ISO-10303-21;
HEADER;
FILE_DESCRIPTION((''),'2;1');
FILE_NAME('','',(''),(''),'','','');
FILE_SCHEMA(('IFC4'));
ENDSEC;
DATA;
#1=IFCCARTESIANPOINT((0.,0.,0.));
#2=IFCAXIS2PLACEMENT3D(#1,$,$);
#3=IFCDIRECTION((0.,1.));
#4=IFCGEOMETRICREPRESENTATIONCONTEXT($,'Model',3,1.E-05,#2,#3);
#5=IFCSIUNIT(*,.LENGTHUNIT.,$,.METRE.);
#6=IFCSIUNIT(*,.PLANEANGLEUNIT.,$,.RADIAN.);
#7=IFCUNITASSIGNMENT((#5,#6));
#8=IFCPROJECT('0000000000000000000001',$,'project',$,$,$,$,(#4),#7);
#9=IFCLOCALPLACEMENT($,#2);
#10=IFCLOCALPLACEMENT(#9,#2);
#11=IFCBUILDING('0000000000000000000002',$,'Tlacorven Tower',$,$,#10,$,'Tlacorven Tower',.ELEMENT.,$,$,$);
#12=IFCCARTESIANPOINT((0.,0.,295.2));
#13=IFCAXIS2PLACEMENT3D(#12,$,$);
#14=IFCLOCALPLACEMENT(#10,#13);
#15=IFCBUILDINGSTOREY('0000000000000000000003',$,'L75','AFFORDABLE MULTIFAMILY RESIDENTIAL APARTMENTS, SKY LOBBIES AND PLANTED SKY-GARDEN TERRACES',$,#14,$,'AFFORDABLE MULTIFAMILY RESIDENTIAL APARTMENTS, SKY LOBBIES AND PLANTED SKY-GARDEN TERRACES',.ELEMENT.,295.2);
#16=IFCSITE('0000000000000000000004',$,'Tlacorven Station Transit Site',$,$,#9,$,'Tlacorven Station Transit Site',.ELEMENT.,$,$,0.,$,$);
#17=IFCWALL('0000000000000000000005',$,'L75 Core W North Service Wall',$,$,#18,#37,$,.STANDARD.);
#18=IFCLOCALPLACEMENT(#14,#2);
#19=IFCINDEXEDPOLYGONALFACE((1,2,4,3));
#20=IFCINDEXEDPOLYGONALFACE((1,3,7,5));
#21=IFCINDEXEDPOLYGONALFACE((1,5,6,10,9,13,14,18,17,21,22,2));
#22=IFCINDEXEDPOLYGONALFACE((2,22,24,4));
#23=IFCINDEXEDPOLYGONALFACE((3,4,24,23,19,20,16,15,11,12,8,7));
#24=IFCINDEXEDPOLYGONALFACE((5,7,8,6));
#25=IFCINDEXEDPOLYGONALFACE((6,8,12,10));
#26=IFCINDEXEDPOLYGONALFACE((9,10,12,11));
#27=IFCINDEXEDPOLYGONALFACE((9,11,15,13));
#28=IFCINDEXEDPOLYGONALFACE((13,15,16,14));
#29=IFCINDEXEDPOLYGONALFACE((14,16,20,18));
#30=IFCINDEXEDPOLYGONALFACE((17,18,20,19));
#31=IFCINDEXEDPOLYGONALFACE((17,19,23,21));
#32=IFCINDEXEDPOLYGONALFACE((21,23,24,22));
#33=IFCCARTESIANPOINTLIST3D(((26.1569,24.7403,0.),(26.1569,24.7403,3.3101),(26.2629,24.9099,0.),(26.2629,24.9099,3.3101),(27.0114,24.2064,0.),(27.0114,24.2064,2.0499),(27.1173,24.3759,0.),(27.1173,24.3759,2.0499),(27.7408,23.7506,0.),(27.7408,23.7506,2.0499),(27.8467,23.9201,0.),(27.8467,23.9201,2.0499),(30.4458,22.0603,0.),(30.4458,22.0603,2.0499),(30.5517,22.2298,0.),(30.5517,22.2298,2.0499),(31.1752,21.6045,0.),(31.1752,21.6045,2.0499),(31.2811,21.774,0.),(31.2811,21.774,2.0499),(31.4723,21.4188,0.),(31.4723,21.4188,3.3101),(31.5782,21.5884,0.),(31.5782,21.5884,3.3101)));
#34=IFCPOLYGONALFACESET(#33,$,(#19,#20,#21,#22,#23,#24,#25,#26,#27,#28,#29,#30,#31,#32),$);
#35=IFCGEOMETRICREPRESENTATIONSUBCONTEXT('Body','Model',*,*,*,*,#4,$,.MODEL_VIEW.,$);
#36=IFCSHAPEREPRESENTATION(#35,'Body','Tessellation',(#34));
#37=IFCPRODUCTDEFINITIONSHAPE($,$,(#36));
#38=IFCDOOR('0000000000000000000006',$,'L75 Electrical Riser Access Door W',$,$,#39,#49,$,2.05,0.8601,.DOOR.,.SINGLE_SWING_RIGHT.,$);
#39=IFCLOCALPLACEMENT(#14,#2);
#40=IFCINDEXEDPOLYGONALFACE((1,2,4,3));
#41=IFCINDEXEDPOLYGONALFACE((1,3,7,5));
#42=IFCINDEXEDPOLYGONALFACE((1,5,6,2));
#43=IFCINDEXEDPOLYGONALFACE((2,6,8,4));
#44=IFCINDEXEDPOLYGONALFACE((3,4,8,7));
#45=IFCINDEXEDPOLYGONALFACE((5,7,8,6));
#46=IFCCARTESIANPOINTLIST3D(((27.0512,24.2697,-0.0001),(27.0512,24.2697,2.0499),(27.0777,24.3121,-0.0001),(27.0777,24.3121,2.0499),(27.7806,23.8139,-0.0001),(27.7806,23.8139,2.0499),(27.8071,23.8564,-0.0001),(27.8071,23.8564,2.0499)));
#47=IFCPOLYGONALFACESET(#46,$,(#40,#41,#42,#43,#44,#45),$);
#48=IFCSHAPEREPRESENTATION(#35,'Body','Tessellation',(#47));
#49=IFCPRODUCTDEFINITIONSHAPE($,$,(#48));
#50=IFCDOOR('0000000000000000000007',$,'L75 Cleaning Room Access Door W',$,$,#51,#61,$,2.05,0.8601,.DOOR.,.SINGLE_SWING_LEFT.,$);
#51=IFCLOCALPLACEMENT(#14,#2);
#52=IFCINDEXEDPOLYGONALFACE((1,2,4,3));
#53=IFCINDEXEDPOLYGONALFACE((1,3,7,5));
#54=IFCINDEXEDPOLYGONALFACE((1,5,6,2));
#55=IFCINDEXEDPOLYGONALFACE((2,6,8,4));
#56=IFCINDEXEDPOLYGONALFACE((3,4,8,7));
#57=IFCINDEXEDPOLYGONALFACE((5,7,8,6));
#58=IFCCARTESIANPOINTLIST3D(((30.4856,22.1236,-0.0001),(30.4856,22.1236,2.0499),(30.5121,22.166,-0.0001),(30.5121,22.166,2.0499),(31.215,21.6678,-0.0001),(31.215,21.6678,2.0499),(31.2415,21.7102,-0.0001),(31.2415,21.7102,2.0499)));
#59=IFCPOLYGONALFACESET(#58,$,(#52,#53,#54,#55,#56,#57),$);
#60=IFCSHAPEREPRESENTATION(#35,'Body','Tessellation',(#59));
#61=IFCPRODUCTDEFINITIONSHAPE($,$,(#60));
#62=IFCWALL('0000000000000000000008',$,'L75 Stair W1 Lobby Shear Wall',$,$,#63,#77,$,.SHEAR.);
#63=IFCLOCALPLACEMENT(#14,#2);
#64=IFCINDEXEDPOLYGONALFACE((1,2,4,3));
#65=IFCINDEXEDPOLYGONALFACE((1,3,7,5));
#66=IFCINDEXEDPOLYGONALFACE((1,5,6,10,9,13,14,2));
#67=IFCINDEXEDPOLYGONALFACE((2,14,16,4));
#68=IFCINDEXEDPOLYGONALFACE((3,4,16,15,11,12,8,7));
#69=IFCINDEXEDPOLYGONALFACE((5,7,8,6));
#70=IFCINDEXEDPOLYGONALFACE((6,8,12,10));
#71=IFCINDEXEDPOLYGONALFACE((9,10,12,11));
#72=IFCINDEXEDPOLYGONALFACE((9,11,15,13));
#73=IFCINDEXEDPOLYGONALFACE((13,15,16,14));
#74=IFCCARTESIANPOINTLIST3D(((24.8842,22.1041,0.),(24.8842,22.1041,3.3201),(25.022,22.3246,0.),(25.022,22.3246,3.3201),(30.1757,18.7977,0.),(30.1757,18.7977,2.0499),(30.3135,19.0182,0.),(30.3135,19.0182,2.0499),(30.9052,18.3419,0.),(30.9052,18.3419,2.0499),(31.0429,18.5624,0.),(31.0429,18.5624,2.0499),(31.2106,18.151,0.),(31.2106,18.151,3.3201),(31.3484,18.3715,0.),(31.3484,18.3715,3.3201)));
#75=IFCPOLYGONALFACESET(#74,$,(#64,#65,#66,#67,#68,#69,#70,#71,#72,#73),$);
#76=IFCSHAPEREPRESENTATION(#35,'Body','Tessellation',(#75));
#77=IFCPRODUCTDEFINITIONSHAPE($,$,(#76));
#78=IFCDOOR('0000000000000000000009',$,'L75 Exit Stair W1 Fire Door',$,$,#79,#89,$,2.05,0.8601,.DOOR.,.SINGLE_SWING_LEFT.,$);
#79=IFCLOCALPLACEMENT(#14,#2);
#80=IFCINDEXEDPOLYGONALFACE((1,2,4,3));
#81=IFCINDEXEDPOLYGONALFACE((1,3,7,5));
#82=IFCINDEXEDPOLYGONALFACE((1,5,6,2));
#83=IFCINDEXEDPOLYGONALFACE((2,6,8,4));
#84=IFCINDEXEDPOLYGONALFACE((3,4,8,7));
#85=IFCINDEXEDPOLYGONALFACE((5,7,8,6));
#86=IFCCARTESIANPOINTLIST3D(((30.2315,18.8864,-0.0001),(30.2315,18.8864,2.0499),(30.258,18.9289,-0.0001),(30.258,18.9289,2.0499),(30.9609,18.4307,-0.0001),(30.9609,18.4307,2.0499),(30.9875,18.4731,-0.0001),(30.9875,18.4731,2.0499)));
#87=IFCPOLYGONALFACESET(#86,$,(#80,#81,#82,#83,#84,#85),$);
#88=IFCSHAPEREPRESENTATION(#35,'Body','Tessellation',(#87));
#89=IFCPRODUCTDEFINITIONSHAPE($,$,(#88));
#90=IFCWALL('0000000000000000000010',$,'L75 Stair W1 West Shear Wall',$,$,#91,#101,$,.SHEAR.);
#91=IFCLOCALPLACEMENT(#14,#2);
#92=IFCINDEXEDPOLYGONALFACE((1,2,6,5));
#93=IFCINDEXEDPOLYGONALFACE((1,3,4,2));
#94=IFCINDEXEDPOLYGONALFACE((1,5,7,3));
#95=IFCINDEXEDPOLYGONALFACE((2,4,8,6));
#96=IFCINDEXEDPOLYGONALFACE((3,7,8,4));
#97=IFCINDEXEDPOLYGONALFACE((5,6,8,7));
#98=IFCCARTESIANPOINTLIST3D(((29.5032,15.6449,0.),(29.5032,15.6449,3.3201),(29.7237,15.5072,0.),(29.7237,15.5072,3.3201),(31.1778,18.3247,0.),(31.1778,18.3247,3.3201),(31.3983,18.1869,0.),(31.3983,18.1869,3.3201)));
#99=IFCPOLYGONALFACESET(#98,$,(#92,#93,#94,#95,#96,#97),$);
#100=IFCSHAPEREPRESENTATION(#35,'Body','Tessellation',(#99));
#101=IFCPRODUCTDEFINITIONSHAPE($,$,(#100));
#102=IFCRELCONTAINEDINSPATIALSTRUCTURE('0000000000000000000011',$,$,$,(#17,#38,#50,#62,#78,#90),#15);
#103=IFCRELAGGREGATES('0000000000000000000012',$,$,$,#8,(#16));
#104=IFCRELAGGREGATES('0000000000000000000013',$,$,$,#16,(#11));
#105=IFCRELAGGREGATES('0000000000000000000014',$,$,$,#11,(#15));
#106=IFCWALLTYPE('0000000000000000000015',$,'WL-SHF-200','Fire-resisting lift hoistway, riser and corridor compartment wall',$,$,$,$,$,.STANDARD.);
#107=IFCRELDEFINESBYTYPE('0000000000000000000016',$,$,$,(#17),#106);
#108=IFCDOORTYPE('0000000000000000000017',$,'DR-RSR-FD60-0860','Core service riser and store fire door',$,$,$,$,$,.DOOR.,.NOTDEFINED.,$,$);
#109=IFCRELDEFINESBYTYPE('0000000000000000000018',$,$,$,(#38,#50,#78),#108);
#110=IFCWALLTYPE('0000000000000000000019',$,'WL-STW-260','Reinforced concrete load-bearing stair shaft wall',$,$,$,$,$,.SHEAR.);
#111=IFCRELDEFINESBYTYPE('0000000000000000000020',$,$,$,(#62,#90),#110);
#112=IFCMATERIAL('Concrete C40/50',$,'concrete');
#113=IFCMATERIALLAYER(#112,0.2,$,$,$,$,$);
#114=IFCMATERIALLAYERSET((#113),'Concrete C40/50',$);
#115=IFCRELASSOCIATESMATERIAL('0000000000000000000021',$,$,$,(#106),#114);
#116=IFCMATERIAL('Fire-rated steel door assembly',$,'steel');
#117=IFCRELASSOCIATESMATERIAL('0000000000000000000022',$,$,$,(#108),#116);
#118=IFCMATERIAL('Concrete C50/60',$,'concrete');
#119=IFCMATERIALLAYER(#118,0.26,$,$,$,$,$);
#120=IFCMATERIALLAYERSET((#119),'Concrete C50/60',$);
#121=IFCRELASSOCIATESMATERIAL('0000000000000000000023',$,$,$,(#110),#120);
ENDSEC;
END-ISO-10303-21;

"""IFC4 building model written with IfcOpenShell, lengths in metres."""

from ifc_helpers import new_model, si_unit, direction, frame, frame_2d, origin, place, context, subcontext, project, spatial, rectangle, extrude, source, transform, mapped, material, layer, layer_set, type_object, element, fill, save


model = new_model("IFC4")

# Units and contexts
model_context = context("Model", 3, precision=1e-05, world=origin(), true_north=direction((0.0, 1.0)))
body_context = subcontext(model_context, "Body", "Model", "MODEL_VIEW")
ifc_project = project(units=[si_unit("LENGTHUNIT", "METRE"), si_unit("PLANEANGLEUNIT", "RADIAN")], contexts=[model_context])

# Site, building, storey
site_placement = place(None, origin())
site = spatial("IfcSite", under=ifc_project, at=site_placement, Name="Tlacorven Station Transit Site", LongName="Tlacorven Station Transit Site", CompositionType="ELEMENT", RefElevation=0.0)
building_placement = place(site_placement, origin())
building = spatial("IfcBuilding", under=site, at=building_placement, Name="Tlacorven Tower", LongName="Tlacorven Tower", CompositionType="ELEMENT")
storey_placement = place(building_placement, frame((0.0, 0.0, 295.2)))
storey = spatial("IfcBuildingStorey", under=building, at=storey_placement, Name="L75", Description="AFFORDABLE MULTIFAMILY RESIDENTIAL APARTMENTS, SKY LOBBIES AND PLANTED SKY-GARDEN TERRACES", LongName="AFFORDABLE MULTIFAMILY RESIDENTIAL APARTMENTS, SKY LOBBIES AND PLANTED SKY-GARDEN TERRACES", CompositionType="ELEMENT", Elevation=295.2)

# Shared definitions
ifc_material_1 = material(Name="Concrete C50/60", Category="concrete")

# Shared definitions
ifc_material_2 = material(Name="Concrete C40/50", Category="concrete")
ifc_layer_1 = layer(ifc_material_2, 0.2)
ifc_layer_set_1 = layer_set([ifc_layer_1], Name="Concrete C40/50")
wall_type_1 = type_object("IfcWallType", Name="WL-SHF-200", Description="Fire-resisting lift hoistway, riser and corridor compartment wall", PredefinedType="STANDARD", material=ifc_layer_set_1)
ifc_material_3 = material(Name="Fire-rated steel door assembly", Category="steel")

# Wall, openings, doors
wall_1_placement = place(storey_placement, frame((31.5251, 21.5037, 0.0), z_axis=(0.0, 0.0, 1.0), x_axis=(-0.848042, 0.529929, 0.0)))
wall_1 = element("IfcWall", 1, at=wall_1_placement, inside=storey, type_object=wall_type_1, Name="L75 Core W North Service Wall", PredefinedType="STANDARD", context=body_context, shape_type="SweptSolid", body=[
    extrude(rectangle(XDim=6.2678, YDim=0.2, at=frame_2d((3.1338, 0.0))), origin(), (0.0, 0.0, 1.0), 3.3101),
])
opening_1_placement = place(wall_1_placement, frame((4.3999, 0.0, 0.0)))
opening_1 = element("IfcOpeningElement", 2, at=opening_1_placement, cuts=wall_1, PredefinedType="OPENING", context=body_context, shape_type="SweptSolid", body=[
    extrude(rectangle(XDim=0.8601, YDim=2.05, at=frame_2d((0.4302, 1.0249))), frame((0.0, 0.1099, 0.0), z_axis=(0.0, -1.0, 0.0), x_axis=(1.0, 0.0, 0.0)), (0.0, 0.0, 1.0), 0.22),
])
opening_2_placement = place(wall_1_placement, frame((0.3501, 0.0, 0.0)))
opening_2 = element("IfcOpeningElement", 3, at=opening_2_placement, cuts=wall_1, PredefinedType="OPENING", context=body_context, shape_type="SweptSolid", body=[
    extrude(rectangle(XDim=0.8601, YDim=2.05, at=frame_2d((0.4302, 1.0249))), frame((0.0, 0.1099, 0.0), z_axis=(0.0, -1.0, 0.0), x_axis=(1.0, 0.0, 0.0)), (0.0, 0.0, 1.0), 0.22),
])
door_type_1 = type_object("IfcDoorType", Name="DR-RSR-FD60-0860", Description="Core service riser and store fire door", OperationType="NOTDEFINED", PredefinedType="DOOR", material=ifc_material_3)
shared_shape_1 = source(origin(), body_context, "Body", "SweptSolid", [
    extrude(rectangle(XDim=0.8601, YDim=2.05, at=frame_2d((0.4302, 1.0249))), frame((0.0, 0.0249, 0.0), z_axis=(0.0, -1.0, 0.0), x_axis=(1.0, 0.0, 0.0)), (0.0, 0.0, 1.0), 0.05),
])
door_1_placement = place(opening_1_placement, frame((0.8601, 0.0, 0.0), z_axis=(0.0, 0.0, 1.0), x_axis=(-1.0, 0.0, 0.0)))
door_1 = element("IfcDoor", 4, at=door_1_placement, inside=storey, type_object=door_type_1, Name="L75 Electrical Riser Access Door W", OperationType="SINGLE_SWING_RIGHT", OverallHeight=2.05, OverallWidth=0.8601, PredefinedType="DOOR", context=body_context, shape_type="MappedRepresentation", body=[
    mapped(shared_shape_1, transform((0.0, 0.0, 0.0), scale=1.0)),
])
fill(opening_1, door_1)
door_2_placement = place(opening_2_placement, frame((0.8601, 0.0, 0.0), z_axis=(0.0, 0.0, 1.0), x_axis=(-1.0, 0.0, 0.0)))
door_2 = element("IfcDoor", 5, at=door_2_placement, inside=storey, type_object=door_type_1, Name="L75 Cleaning Room Access Door W", OperationType="SINGLE_SWING_LEFT", OverallHeight=2.05, OverallWidth=0.8601, PredefinedType="DOOR", context=body_context, shape_type="MappedRepresentation", body=[
    mapped(shared_shape_1, transform((0.0, 0.0, 0.0), scale=1.0)),
])
fill(opening_2, door_2)

# Wall, opening, door
ifc_layer_2 = layer(ifc_material_1, 0.26)
ifc_layer_set_2 = layer_set([ifc_layer_2], Name="Concrete C50/60")
wall_type_2 = type_object("IfcWallType", Name="WL-STW-260", Description="Reinforced concrete load-bearing stair shaft wall", PredefinedType="SHEAR", material=ifc_layer_set_2)
wall_2_placement = place(storey_placement, frame((31.2795, 18.2612, 0.0), z_axis=(0.0, 0.0, 1.0), x_axis=(-0.848052, 0.529914, 0.0)))
wall_2 = element("IfcWall", 6, at=wall_2_placement, inside=storey, type_object=wall_type_2, Name="L75 Stair W1 Lobby Shear Wall", PredefinedType="SHEAR", context=body_context, shape_type="SweptSolid", body=[
    extrude(rectangle(XDim=7.46, YDim=0.26, at=frame_2d((3.73, 0.0))), origin(), (0.0, 0.0, 1.0), 3.3201),
])
opening_3_placement = place(wall_2_placement, frame((0.3601, 0.0, 0.0)))
opening_3 = element("IfcOpeningElement", 7, at=opening_3_placement, cuts=wall_2, PredefinedType="OPENING", context=body_context, shape_type="SweptSolid", body=[
    extrude(rectangle(XDim=0.8601, YDim=2.05, at=frame_2d((0.4302, 1.0249))), frame((0.0, 0.1401, 0.0), z_axis=(0.0, -1.0, 0.0), x_axis=(1.0, 0.0, 0.0)), (0.0, 0.0, 1.0), 0.28),
])
door_3_placement = place(opening_3_placement, frame((0.8601, 0.0, 0.0), z_axis=(0.0, 0.0, 1.0), x_axis=(-1.0, 0.0, 0.0)))
door_3 = element("IfcDoor", 8, at=door_3_placement, inside=storey, type_object=door_type_1, Name="L75 Exit Stair W1 Fire Door", OperationType="SINGLE_SWING_LEFT", OverallHeight=2.05, OverallWidth=0.8601, PredefinedType="DOOR", context=body_context, shape_type="MappedRepresentation", body=[
    mapped(shared_shape_1, transform((0.0, 0.0, 0.0), scale=1.0)),
])
fill(opening_3, door_3)

# Wall
wall_3_placement = place(storey_placement, frame((31.2881, 18.2559, 0.0), z_axis=(0.0, 0.0, 1.0), x_axis=(-0.529943, -0.848033, 0.0)))
element("IfcWall", 9, at=wall_3_placement, inside=storey, type_object=wall_type_2, Name="L75 Stair W1 West Shear Wall", PredefinedType="SHEAR", context=body_context, shape_type="SweptSolid", body=[
    extrude(rectangle(XDim=3.1599, YDim=0.26, at=frame_2d((1.5801, 0.0))), origin(), (0.0, 0.0, 1.0), 3.3201),
])

save(model, "model.ifc")
